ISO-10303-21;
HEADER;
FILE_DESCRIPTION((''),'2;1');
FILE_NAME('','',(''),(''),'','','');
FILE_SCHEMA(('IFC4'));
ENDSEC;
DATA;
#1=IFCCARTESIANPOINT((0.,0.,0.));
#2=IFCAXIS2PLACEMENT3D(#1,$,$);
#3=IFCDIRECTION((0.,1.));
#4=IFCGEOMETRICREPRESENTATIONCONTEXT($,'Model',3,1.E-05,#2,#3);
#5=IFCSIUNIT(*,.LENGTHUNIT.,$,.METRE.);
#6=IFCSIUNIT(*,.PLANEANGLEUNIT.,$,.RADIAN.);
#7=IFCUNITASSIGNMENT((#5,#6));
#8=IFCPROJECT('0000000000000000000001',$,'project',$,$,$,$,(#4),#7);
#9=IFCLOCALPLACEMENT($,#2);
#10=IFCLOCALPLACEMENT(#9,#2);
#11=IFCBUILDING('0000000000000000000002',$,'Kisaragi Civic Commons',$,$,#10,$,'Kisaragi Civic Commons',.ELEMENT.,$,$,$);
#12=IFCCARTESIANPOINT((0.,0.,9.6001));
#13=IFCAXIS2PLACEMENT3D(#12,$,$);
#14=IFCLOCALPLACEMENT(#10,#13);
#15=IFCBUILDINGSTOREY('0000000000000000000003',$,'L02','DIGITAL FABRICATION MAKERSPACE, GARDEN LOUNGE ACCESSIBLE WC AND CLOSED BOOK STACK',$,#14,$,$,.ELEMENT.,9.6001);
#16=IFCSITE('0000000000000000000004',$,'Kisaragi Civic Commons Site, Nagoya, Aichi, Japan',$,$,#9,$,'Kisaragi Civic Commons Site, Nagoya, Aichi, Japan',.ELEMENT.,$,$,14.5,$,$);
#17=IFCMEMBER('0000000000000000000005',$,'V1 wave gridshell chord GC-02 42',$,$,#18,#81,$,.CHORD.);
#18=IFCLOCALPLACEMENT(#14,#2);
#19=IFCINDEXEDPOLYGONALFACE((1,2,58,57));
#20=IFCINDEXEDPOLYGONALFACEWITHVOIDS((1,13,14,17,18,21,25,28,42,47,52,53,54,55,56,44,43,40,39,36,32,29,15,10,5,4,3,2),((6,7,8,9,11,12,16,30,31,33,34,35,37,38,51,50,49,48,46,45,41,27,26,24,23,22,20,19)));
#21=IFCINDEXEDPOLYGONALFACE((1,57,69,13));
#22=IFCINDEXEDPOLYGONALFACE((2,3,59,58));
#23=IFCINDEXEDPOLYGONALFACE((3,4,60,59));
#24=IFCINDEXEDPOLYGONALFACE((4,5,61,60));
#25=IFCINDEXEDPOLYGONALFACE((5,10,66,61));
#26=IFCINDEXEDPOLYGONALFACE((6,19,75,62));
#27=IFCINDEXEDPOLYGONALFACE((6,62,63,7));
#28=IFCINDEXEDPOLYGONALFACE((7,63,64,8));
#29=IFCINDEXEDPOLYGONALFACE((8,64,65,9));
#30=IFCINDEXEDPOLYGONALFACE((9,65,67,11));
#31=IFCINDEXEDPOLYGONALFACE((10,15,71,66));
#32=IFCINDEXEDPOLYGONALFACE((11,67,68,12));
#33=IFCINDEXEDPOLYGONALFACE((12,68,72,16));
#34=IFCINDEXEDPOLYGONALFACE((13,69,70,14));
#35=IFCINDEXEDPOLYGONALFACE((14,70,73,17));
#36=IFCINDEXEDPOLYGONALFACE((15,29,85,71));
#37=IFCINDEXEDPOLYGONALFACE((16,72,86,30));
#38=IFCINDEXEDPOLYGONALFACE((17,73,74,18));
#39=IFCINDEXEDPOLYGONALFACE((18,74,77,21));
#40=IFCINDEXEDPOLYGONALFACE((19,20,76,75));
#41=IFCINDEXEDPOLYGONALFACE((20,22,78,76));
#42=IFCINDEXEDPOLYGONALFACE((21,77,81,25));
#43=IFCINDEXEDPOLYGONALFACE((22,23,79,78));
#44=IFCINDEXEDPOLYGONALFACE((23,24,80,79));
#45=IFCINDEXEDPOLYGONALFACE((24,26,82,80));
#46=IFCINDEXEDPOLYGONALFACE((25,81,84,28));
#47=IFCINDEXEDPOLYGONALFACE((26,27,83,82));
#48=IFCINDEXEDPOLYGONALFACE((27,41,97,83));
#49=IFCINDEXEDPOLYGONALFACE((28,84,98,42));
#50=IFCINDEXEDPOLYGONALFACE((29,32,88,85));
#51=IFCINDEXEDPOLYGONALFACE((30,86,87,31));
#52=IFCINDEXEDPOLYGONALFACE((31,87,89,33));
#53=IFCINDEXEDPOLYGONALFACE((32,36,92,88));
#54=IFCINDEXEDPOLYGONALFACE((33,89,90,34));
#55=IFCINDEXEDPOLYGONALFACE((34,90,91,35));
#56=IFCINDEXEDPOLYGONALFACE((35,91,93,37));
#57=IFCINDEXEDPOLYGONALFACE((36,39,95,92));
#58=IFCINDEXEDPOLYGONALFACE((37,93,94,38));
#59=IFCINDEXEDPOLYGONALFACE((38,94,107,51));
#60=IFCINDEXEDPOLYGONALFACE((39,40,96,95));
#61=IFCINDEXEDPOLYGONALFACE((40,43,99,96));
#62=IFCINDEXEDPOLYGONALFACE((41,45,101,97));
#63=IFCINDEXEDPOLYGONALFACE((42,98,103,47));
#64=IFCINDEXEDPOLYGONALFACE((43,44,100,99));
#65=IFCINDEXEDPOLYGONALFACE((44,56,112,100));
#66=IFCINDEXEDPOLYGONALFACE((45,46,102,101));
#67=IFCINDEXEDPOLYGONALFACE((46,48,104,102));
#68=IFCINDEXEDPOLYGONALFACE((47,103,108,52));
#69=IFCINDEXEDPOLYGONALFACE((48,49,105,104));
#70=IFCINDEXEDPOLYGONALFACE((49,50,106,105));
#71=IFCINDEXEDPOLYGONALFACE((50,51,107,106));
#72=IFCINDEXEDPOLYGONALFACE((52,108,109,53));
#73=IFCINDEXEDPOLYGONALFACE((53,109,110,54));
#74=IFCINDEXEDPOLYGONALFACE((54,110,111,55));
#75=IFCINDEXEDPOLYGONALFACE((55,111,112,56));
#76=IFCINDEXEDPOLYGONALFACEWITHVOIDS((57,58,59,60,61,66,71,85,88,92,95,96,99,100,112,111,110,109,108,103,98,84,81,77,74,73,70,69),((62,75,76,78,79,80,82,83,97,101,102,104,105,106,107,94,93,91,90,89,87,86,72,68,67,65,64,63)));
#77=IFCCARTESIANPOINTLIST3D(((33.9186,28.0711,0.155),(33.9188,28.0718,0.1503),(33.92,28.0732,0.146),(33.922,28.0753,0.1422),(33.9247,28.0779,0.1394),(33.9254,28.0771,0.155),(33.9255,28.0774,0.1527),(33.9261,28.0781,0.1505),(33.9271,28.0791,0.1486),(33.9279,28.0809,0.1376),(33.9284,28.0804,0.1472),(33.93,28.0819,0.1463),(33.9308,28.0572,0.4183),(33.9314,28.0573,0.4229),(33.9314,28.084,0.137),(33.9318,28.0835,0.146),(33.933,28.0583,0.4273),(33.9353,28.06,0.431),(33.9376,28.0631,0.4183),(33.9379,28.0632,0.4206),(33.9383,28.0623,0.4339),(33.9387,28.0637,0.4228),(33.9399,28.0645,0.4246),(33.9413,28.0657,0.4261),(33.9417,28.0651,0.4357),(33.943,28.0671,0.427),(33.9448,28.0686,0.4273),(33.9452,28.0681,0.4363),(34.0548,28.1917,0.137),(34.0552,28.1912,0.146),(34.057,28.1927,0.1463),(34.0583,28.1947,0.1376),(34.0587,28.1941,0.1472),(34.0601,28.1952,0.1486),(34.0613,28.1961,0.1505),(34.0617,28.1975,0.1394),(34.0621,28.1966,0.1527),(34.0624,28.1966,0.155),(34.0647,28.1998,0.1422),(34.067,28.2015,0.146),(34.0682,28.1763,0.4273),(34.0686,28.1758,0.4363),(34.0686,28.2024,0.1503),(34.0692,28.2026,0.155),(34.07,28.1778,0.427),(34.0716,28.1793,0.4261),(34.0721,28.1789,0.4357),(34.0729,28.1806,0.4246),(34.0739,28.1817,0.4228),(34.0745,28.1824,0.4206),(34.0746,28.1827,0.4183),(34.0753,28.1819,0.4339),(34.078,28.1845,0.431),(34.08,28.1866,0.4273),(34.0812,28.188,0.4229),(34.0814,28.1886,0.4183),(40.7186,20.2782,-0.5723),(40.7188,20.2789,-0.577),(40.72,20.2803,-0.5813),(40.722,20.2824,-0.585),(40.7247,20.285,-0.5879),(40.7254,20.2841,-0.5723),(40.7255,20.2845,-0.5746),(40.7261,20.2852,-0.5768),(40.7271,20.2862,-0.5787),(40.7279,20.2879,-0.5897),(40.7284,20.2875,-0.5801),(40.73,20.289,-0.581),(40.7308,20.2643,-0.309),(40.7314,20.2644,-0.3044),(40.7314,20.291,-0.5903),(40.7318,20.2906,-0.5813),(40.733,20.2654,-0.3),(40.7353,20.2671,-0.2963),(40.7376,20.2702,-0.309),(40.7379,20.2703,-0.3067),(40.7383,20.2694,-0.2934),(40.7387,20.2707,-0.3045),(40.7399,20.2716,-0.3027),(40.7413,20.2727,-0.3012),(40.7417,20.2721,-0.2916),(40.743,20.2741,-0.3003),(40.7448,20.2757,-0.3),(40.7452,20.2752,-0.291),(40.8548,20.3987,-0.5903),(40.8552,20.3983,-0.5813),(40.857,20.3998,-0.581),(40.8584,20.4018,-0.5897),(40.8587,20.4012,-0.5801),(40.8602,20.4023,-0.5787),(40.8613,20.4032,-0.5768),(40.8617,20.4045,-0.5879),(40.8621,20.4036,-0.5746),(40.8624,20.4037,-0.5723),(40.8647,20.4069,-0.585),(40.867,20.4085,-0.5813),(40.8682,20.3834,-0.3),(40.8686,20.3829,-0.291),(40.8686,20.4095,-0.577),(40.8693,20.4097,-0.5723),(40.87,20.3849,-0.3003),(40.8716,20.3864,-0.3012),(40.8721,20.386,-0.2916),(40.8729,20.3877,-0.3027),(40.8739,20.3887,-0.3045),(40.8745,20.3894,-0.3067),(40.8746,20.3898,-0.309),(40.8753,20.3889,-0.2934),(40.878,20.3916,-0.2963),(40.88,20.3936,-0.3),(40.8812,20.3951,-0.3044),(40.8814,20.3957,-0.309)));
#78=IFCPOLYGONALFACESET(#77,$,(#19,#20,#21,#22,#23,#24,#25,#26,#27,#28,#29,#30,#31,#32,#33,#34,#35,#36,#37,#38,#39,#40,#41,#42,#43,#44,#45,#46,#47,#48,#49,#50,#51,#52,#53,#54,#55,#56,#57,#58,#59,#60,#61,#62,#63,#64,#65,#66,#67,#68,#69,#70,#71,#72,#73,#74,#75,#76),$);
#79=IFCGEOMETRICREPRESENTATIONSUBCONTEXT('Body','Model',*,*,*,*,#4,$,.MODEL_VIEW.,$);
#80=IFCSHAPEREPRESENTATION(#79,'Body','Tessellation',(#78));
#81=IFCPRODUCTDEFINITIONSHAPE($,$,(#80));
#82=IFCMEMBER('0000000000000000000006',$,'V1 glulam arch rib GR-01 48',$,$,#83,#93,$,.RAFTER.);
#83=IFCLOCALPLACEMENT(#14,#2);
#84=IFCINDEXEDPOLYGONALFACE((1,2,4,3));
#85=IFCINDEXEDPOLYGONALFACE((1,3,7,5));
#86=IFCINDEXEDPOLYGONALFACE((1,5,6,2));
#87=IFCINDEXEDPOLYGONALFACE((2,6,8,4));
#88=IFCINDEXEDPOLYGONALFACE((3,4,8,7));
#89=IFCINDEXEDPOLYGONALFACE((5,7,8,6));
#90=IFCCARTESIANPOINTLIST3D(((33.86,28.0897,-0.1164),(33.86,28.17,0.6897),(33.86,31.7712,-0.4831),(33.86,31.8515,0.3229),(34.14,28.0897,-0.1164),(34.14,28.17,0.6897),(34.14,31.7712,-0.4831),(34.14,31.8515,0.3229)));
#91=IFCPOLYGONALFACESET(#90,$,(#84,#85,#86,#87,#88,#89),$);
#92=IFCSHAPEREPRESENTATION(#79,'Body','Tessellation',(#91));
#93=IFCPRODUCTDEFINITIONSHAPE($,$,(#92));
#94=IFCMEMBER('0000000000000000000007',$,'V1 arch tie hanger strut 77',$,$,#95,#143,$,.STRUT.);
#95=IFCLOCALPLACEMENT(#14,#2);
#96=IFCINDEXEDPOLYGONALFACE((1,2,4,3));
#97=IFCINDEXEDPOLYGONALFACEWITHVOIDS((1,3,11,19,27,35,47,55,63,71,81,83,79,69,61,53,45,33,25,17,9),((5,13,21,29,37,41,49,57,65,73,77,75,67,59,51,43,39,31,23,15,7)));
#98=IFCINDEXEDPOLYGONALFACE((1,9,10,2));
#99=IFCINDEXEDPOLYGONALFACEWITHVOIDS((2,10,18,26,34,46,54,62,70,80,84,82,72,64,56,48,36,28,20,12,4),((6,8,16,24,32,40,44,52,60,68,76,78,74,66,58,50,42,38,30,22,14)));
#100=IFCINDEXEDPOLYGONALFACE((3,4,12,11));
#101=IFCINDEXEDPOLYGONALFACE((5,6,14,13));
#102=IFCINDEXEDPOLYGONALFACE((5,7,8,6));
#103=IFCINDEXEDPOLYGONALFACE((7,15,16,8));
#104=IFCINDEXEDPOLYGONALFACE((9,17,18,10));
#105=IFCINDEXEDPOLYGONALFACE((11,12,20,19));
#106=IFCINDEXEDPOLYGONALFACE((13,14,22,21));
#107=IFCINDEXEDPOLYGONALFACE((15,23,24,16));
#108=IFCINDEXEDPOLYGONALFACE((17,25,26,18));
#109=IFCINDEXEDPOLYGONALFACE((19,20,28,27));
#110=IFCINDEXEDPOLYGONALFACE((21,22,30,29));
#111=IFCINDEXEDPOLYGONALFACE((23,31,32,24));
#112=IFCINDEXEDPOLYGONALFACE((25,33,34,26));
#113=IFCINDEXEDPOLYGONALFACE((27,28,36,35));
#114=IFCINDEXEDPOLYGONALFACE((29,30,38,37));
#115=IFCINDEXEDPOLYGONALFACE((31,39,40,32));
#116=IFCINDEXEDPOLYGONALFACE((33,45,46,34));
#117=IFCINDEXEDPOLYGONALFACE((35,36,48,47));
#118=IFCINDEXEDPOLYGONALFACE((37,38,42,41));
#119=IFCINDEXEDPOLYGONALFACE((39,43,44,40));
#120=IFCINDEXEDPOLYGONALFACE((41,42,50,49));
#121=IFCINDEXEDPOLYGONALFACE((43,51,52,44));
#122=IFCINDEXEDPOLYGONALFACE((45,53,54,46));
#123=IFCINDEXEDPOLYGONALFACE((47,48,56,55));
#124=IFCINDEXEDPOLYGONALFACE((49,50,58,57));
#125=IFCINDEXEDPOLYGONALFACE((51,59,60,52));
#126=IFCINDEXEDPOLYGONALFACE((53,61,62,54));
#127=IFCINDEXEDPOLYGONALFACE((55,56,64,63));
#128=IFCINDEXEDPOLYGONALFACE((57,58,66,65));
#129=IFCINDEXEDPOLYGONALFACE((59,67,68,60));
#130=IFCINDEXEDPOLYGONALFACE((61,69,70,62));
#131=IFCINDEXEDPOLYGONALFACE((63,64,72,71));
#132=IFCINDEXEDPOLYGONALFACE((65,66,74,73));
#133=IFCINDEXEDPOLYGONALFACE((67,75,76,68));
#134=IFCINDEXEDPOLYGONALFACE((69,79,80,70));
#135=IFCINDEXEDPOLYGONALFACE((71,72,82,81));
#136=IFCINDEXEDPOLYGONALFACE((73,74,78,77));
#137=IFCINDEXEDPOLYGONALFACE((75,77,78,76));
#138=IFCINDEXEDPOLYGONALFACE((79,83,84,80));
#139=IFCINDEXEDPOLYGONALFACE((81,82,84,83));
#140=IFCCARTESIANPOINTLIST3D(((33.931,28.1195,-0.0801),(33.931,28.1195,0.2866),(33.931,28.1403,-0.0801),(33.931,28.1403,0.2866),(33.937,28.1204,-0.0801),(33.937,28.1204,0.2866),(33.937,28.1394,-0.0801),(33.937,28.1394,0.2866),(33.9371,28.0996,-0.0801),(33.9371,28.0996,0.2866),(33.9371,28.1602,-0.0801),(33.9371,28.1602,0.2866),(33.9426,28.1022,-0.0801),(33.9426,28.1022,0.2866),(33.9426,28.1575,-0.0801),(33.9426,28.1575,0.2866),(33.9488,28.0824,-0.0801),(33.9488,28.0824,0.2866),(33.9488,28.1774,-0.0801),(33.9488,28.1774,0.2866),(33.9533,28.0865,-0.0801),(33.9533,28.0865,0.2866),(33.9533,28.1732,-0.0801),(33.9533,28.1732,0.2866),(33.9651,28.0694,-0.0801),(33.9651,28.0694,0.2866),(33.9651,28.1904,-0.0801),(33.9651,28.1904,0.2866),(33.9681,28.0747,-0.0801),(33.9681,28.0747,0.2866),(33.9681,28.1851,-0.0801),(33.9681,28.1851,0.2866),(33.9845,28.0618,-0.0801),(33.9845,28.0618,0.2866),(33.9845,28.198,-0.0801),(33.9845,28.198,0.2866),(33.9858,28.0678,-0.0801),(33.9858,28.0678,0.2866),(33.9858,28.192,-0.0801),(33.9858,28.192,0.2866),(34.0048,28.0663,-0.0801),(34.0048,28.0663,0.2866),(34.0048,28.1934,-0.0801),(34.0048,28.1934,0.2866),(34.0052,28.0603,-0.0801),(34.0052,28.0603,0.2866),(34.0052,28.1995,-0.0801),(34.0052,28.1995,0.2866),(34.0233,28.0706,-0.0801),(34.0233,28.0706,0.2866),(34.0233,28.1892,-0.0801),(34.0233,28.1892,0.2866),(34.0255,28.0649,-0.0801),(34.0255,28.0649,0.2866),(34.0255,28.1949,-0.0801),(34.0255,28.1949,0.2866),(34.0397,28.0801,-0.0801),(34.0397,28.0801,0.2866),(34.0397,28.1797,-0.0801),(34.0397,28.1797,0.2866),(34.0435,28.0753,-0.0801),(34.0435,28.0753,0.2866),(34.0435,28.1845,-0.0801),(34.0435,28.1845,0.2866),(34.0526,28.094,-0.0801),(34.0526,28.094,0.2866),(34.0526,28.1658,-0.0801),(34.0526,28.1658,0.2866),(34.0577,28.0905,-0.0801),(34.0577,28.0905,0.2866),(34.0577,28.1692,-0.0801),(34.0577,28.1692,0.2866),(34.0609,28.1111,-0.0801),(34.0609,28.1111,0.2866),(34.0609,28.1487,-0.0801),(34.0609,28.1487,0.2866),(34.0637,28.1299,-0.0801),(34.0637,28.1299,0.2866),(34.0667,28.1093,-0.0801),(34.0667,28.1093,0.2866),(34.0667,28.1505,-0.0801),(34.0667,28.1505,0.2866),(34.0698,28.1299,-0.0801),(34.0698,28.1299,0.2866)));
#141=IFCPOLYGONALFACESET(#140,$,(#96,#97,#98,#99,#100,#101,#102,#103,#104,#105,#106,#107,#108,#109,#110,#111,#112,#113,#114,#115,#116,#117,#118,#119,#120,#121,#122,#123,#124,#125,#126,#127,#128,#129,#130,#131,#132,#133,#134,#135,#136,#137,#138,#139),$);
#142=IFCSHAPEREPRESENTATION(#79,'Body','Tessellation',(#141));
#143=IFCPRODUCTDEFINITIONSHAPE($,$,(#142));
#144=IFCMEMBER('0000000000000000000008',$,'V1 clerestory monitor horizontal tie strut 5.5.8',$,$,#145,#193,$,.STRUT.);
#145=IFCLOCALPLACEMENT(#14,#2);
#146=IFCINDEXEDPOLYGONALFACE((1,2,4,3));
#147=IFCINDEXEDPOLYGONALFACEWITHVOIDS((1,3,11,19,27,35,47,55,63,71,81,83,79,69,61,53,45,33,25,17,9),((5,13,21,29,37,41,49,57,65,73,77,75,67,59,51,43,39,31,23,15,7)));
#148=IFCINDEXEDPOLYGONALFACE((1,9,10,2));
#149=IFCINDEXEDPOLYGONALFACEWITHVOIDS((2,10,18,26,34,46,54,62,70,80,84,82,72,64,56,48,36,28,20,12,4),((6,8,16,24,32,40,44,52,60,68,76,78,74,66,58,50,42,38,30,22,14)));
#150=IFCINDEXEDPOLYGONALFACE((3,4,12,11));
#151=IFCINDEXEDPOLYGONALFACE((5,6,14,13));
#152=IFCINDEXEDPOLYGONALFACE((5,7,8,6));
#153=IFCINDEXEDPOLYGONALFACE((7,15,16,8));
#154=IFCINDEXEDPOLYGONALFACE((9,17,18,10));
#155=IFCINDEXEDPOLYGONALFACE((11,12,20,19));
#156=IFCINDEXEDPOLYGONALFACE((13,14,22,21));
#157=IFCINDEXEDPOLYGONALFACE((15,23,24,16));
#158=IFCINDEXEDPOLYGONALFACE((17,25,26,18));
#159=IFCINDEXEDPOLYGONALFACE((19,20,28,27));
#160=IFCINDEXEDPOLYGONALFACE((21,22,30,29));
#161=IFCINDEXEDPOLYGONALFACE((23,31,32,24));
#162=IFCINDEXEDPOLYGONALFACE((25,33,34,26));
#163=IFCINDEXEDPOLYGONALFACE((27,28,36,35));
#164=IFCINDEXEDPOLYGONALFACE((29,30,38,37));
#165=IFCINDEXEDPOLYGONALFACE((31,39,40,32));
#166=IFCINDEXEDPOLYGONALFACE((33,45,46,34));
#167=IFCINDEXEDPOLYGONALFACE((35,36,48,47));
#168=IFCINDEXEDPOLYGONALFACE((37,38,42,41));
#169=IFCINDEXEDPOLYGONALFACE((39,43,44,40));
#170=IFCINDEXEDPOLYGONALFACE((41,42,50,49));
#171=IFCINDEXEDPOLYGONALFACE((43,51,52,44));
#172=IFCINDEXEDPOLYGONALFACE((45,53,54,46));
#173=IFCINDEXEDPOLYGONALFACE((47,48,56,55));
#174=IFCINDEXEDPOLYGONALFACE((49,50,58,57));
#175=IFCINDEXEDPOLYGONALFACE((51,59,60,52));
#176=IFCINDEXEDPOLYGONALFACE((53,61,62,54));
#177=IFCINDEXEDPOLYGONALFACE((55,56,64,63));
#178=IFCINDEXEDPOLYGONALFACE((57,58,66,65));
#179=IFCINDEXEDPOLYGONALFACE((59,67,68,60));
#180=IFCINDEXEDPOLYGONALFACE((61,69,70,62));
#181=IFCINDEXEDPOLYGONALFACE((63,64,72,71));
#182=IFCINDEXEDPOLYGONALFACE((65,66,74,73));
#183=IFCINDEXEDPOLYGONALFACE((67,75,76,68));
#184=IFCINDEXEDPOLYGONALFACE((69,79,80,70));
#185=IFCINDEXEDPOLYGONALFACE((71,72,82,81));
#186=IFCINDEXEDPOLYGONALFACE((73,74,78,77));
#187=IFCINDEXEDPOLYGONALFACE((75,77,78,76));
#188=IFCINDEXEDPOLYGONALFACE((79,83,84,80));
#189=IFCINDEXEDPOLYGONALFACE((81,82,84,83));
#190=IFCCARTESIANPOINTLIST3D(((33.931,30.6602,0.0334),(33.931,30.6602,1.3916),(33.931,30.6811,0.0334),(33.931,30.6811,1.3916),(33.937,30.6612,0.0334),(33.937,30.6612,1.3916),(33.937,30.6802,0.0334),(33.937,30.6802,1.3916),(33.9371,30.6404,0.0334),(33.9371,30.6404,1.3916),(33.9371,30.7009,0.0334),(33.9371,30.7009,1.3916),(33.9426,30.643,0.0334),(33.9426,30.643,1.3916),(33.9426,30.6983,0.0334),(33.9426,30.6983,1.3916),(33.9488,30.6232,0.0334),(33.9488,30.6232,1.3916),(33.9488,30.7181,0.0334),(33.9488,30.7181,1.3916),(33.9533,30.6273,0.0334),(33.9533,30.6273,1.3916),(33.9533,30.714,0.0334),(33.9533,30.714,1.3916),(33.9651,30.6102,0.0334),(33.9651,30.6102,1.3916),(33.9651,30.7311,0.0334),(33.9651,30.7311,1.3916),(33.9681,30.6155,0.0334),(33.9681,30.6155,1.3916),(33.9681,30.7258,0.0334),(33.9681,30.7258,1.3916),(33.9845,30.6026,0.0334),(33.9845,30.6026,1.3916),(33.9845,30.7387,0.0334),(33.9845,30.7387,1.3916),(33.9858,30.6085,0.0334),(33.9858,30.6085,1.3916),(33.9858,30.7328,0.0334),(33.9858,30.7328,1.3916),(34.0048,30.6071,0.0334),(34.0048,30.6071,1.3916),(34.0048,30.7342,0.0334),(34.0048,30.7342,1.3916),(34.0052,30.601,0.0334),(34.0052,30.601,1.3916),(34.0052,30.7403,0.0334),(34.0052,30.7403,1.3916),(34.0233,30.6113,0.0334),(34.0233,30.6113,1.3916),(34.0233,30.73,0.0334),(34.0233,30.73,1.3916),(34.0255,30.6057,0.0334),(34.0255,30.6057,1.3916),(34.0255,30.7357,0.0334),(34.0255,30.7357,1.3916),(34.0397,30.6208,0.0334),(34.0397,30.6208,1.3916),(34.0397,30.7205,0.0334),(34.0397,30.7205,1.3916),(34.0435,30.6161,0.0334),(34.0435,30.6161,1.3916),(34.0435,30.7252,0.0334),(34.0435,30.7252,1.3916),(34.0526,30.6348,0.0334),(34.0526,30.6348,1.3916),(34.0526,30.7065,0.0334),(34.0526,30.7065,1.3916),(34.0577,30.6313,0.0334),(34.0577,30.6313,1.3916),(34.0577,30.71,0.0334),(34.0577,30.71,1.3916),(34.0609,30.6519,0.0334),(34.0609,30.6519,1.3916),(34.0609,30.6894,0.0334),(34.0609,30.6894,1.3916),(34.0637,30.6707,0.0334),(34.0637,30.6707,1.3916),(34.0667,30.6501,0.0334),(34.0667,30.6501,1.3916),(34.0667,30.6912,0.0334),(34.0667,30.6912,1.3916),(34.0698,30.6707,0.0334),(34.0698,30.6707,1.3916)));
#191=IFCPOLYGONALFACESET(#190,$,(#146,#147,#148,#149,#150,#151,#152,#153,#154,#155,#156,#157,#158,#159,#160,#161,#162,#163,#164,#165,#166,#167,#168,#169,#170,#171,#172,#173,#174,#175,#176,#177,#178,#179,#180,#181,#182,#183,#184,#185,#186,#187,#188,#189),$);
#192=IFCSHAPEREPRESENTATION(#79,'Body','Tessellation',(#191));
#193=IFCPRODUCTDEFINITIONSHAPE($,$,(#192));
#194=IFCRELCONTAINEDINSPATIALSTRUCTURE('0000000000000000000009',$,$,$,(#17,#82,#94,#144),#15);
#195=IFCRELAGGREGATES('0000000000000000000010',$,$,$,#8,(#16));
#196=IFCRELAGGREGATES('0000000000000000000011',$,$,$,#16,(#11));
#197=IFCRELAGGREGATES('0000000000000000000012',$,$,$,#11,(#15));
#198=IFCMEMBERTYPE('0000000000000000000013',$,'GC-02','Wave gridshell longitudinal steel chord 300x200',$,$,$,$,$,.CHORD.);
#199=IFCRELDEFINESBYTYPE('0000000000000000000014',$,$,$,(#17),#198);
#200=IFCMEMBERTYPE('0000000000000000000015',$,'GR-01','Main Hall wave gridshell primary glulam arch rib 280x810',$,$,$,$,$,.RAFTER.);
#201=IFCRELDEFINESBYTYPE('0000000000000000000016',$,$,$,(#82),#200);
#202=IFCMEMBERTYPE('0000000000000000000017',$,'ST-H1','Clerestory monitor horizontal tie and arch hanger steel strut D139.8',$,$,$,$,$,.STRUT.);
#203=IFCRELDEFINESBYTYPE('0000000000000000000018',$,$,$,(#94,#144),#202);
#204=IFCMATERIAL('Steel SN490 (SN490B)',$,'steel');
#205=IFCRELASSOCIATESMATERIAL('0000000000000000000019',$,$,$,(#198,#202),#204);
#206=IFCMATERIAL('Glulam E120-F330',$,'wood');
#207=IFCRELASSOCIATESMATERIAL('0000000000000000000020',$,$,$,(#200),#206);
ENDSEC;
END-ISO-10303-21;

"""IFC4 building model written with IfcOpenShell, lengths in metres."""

from ifc_helpers import new_model, si_unit, direction, frame, origin, origin_2d, place, context, subcontext, project, spatial, rectangle, hollow_rectangle, hollow_circle, extrude, material, material_profile, profile_set, type_object, element, save


model = new_model("IFC4")

# Units and contexts
model_context = context("Model", 3, precision=1e-05, world=origin(), true_north=direction((0.0, 1.0)))
body_context = subcontext(model_context, "Body", "Model", "MODEL_VIEW")
ifc_project = project(units=[si_unit("LENGTHUNIT", "METRE"), si_unit("PLANEANGLEUNIT", "RADIAN")], contexts=[model_context])

# Site, building, storey
site_placement = place(None, origin())
site = spatial("IfcSite", under=ifc_project, at=site_placement, Name="Kisaragi Civic Commons Site, Nagoya, Aichi, Japan", LongName="Kisaragi Civic Commons Site, Nagoya, Aichi, Japan", CompositionType="ELEMENT", RefElevation=14.5)
building_placement = place(site_placement, origin())
building = spatial("IfcBuilding", under=site, at=building_placement, Name="Kisaragi Civic Commons", LongName="Kisaragi Civic Commons", CompositionType="ELEMENT")
storey_placement = place(building_placement, frame((0.0, 0.0, 9.6001)))
storey = spatial("IfcBuildingStorey", under=building, at=storey_placement, Name="L02", Description="DIGITAL FABRICATION MAKERSPACE, GARDEN LOUNGE ACCESSIBLE WC AND CLOSED BOOK STACK", CompositionType="ELEMENT", Elevation=9.6001)

# Members
ifc_material_1 = material(Name="Steel SN490 (SN490B)", Category="steel")
ifc_material_profile_1 = material_profile(ifc_material_1, hollow_rectangle(XDim=0.2, YDim=0.3, WallThickness=0.009, InnerFilletRadius=0.009, OuterFilletRadius=0.0181, at=origin_2d()), Name="STKR-300x200x9", Category="steel")
ifc_profile_set_1 = profile_set([ifc_material_profile_1], Name="Steel SN490 (SN490B)")
member_type_1 = type_object("IfcMemberType", Name="GC-02", Description="Wave gridshell longitudinal steel chord 300x200", PredefinedType="CHORD", material=ifc_profile_set_1)
member_1_placement = place(storey_placement, frame((34.0, 28.1299, 0.2866), z_axis=(0.655855, -0.751621, -0.070147), x_axis=(0.753477, 0.657475, 0.0)))
element("IfcMember", 1, at=member_1_placement, inside=storey, type_object=member_type_1, Name="V1 wave gridshell chord GC-02 42", PredefinedType="CHORD", context=body_context, shape_type="SweptSolid", body=[
    extrude(hollow_rectangle(XDim=0.2, YDim=0.3, WallThickness=0.009, InnerFilletRadius=0.009, OuterFilletRadius=0.0181, at=origin_2d()), origin(), (0.0, 0.0, 1.0), 10.3682),
])
ifc_material_2 = material(Name="Glulam E120-F330", Category="wood")
ifc_material_profile_2 = material_profile(ifc_material_2, rectangle(XDim=0.28, YDim=0.8101, at=origin_2d()), Name="GL-280x810", Category="wood")
ifc_profile_set_2 = profile_set([ifc_material_profile_2], Name="Glulam E120-F330")
member_type_2 = type_object("IfcMemberType", Name="GR-01", Description="Main Hall wave gridshell primary glulam arch rib 280x810", PredefinedType="RAFTER", material=ifc_profile_set_2)
member_2_placement = place(storey_placement, frame((34.0, 28.1299, 0.2866), z_axis=(0.0, 0.995076, -0.099118), x_axis=(-1.0, 0.0, 0.0)))
element("IfcMember", 2, at=member_2_placement, inside=storey, type_object=member_type_2, Name="V1 glulam arch rib GR-01 48", PredefinedType="RAFTER", context=body_context, shape_type="SweptSolid", body=[
    extrude(rectangle(XDim=0.28, YDim=0.8101, at=origin_2d()), origin(), (0.0, 0.0, 1.0), 3.6997),
])
ifc_material_profile_3 = material_profile(ifc_material_1, hollow_circle(Radius=0.0698, WallThickness=0.0061, at=origin_2d()), Name="CHS-139.8x6.0", Category="steel")
ifc_profile_set_3 = profile_set([ifc_material_profile_3], Name="Steel SN490 (SN490B)")
member_type_3 = type_object("IfcMemberType", Name="ST-H1", Description="Clerestory monitor horizontal tie and arch hanger steel strut D139.8", PredefinedType="STRUT", material=ifc_profile_set_3)
member_3_placement = place(storey_placement, frame((34.0, 28.1299, -0.0801), z_axis=(0.0, 0.0, 1.0), x_axis=(1.0, 0.0, 0.0)))
element("IfcMember", 3, at=member_3_placement, inside=storey, type_object=member_type_3, Name="V1 arch tie hanger strut 77", PredefinedType="STRUT", context=body_context, shape_type="SweptSolid", body=[
    extrude(hollow_circle(Radius=0.0698, WallThickness=0.0061, at=origin_2d()), origin(), (0.0, 0.0, 1.0), 0.3667),
])
member_4_placement = place(storey_placement, frame((34.0, 30.6707, 0.0334), z_axis=(0.0, 0.0, 1.0), x_axis=(1.0, 0.0, 0.0)))
element("IfcMember", 4, at=member_4_placement, inside=storey, type_object=member_type_3, Name="V1 clerestory monitor horizontal tie strut 5.5.8", PredefinedType="STRUT", context=body_context, shape_type="SweptSolid", body=[
    extrude(hollow_circle(Radius=0.0698, WallThickness=0.0061, at=origin_2d()), origin(), (0.0, 0.0, 1.0), 1.3582),
])

save(model, "model.ifc")
